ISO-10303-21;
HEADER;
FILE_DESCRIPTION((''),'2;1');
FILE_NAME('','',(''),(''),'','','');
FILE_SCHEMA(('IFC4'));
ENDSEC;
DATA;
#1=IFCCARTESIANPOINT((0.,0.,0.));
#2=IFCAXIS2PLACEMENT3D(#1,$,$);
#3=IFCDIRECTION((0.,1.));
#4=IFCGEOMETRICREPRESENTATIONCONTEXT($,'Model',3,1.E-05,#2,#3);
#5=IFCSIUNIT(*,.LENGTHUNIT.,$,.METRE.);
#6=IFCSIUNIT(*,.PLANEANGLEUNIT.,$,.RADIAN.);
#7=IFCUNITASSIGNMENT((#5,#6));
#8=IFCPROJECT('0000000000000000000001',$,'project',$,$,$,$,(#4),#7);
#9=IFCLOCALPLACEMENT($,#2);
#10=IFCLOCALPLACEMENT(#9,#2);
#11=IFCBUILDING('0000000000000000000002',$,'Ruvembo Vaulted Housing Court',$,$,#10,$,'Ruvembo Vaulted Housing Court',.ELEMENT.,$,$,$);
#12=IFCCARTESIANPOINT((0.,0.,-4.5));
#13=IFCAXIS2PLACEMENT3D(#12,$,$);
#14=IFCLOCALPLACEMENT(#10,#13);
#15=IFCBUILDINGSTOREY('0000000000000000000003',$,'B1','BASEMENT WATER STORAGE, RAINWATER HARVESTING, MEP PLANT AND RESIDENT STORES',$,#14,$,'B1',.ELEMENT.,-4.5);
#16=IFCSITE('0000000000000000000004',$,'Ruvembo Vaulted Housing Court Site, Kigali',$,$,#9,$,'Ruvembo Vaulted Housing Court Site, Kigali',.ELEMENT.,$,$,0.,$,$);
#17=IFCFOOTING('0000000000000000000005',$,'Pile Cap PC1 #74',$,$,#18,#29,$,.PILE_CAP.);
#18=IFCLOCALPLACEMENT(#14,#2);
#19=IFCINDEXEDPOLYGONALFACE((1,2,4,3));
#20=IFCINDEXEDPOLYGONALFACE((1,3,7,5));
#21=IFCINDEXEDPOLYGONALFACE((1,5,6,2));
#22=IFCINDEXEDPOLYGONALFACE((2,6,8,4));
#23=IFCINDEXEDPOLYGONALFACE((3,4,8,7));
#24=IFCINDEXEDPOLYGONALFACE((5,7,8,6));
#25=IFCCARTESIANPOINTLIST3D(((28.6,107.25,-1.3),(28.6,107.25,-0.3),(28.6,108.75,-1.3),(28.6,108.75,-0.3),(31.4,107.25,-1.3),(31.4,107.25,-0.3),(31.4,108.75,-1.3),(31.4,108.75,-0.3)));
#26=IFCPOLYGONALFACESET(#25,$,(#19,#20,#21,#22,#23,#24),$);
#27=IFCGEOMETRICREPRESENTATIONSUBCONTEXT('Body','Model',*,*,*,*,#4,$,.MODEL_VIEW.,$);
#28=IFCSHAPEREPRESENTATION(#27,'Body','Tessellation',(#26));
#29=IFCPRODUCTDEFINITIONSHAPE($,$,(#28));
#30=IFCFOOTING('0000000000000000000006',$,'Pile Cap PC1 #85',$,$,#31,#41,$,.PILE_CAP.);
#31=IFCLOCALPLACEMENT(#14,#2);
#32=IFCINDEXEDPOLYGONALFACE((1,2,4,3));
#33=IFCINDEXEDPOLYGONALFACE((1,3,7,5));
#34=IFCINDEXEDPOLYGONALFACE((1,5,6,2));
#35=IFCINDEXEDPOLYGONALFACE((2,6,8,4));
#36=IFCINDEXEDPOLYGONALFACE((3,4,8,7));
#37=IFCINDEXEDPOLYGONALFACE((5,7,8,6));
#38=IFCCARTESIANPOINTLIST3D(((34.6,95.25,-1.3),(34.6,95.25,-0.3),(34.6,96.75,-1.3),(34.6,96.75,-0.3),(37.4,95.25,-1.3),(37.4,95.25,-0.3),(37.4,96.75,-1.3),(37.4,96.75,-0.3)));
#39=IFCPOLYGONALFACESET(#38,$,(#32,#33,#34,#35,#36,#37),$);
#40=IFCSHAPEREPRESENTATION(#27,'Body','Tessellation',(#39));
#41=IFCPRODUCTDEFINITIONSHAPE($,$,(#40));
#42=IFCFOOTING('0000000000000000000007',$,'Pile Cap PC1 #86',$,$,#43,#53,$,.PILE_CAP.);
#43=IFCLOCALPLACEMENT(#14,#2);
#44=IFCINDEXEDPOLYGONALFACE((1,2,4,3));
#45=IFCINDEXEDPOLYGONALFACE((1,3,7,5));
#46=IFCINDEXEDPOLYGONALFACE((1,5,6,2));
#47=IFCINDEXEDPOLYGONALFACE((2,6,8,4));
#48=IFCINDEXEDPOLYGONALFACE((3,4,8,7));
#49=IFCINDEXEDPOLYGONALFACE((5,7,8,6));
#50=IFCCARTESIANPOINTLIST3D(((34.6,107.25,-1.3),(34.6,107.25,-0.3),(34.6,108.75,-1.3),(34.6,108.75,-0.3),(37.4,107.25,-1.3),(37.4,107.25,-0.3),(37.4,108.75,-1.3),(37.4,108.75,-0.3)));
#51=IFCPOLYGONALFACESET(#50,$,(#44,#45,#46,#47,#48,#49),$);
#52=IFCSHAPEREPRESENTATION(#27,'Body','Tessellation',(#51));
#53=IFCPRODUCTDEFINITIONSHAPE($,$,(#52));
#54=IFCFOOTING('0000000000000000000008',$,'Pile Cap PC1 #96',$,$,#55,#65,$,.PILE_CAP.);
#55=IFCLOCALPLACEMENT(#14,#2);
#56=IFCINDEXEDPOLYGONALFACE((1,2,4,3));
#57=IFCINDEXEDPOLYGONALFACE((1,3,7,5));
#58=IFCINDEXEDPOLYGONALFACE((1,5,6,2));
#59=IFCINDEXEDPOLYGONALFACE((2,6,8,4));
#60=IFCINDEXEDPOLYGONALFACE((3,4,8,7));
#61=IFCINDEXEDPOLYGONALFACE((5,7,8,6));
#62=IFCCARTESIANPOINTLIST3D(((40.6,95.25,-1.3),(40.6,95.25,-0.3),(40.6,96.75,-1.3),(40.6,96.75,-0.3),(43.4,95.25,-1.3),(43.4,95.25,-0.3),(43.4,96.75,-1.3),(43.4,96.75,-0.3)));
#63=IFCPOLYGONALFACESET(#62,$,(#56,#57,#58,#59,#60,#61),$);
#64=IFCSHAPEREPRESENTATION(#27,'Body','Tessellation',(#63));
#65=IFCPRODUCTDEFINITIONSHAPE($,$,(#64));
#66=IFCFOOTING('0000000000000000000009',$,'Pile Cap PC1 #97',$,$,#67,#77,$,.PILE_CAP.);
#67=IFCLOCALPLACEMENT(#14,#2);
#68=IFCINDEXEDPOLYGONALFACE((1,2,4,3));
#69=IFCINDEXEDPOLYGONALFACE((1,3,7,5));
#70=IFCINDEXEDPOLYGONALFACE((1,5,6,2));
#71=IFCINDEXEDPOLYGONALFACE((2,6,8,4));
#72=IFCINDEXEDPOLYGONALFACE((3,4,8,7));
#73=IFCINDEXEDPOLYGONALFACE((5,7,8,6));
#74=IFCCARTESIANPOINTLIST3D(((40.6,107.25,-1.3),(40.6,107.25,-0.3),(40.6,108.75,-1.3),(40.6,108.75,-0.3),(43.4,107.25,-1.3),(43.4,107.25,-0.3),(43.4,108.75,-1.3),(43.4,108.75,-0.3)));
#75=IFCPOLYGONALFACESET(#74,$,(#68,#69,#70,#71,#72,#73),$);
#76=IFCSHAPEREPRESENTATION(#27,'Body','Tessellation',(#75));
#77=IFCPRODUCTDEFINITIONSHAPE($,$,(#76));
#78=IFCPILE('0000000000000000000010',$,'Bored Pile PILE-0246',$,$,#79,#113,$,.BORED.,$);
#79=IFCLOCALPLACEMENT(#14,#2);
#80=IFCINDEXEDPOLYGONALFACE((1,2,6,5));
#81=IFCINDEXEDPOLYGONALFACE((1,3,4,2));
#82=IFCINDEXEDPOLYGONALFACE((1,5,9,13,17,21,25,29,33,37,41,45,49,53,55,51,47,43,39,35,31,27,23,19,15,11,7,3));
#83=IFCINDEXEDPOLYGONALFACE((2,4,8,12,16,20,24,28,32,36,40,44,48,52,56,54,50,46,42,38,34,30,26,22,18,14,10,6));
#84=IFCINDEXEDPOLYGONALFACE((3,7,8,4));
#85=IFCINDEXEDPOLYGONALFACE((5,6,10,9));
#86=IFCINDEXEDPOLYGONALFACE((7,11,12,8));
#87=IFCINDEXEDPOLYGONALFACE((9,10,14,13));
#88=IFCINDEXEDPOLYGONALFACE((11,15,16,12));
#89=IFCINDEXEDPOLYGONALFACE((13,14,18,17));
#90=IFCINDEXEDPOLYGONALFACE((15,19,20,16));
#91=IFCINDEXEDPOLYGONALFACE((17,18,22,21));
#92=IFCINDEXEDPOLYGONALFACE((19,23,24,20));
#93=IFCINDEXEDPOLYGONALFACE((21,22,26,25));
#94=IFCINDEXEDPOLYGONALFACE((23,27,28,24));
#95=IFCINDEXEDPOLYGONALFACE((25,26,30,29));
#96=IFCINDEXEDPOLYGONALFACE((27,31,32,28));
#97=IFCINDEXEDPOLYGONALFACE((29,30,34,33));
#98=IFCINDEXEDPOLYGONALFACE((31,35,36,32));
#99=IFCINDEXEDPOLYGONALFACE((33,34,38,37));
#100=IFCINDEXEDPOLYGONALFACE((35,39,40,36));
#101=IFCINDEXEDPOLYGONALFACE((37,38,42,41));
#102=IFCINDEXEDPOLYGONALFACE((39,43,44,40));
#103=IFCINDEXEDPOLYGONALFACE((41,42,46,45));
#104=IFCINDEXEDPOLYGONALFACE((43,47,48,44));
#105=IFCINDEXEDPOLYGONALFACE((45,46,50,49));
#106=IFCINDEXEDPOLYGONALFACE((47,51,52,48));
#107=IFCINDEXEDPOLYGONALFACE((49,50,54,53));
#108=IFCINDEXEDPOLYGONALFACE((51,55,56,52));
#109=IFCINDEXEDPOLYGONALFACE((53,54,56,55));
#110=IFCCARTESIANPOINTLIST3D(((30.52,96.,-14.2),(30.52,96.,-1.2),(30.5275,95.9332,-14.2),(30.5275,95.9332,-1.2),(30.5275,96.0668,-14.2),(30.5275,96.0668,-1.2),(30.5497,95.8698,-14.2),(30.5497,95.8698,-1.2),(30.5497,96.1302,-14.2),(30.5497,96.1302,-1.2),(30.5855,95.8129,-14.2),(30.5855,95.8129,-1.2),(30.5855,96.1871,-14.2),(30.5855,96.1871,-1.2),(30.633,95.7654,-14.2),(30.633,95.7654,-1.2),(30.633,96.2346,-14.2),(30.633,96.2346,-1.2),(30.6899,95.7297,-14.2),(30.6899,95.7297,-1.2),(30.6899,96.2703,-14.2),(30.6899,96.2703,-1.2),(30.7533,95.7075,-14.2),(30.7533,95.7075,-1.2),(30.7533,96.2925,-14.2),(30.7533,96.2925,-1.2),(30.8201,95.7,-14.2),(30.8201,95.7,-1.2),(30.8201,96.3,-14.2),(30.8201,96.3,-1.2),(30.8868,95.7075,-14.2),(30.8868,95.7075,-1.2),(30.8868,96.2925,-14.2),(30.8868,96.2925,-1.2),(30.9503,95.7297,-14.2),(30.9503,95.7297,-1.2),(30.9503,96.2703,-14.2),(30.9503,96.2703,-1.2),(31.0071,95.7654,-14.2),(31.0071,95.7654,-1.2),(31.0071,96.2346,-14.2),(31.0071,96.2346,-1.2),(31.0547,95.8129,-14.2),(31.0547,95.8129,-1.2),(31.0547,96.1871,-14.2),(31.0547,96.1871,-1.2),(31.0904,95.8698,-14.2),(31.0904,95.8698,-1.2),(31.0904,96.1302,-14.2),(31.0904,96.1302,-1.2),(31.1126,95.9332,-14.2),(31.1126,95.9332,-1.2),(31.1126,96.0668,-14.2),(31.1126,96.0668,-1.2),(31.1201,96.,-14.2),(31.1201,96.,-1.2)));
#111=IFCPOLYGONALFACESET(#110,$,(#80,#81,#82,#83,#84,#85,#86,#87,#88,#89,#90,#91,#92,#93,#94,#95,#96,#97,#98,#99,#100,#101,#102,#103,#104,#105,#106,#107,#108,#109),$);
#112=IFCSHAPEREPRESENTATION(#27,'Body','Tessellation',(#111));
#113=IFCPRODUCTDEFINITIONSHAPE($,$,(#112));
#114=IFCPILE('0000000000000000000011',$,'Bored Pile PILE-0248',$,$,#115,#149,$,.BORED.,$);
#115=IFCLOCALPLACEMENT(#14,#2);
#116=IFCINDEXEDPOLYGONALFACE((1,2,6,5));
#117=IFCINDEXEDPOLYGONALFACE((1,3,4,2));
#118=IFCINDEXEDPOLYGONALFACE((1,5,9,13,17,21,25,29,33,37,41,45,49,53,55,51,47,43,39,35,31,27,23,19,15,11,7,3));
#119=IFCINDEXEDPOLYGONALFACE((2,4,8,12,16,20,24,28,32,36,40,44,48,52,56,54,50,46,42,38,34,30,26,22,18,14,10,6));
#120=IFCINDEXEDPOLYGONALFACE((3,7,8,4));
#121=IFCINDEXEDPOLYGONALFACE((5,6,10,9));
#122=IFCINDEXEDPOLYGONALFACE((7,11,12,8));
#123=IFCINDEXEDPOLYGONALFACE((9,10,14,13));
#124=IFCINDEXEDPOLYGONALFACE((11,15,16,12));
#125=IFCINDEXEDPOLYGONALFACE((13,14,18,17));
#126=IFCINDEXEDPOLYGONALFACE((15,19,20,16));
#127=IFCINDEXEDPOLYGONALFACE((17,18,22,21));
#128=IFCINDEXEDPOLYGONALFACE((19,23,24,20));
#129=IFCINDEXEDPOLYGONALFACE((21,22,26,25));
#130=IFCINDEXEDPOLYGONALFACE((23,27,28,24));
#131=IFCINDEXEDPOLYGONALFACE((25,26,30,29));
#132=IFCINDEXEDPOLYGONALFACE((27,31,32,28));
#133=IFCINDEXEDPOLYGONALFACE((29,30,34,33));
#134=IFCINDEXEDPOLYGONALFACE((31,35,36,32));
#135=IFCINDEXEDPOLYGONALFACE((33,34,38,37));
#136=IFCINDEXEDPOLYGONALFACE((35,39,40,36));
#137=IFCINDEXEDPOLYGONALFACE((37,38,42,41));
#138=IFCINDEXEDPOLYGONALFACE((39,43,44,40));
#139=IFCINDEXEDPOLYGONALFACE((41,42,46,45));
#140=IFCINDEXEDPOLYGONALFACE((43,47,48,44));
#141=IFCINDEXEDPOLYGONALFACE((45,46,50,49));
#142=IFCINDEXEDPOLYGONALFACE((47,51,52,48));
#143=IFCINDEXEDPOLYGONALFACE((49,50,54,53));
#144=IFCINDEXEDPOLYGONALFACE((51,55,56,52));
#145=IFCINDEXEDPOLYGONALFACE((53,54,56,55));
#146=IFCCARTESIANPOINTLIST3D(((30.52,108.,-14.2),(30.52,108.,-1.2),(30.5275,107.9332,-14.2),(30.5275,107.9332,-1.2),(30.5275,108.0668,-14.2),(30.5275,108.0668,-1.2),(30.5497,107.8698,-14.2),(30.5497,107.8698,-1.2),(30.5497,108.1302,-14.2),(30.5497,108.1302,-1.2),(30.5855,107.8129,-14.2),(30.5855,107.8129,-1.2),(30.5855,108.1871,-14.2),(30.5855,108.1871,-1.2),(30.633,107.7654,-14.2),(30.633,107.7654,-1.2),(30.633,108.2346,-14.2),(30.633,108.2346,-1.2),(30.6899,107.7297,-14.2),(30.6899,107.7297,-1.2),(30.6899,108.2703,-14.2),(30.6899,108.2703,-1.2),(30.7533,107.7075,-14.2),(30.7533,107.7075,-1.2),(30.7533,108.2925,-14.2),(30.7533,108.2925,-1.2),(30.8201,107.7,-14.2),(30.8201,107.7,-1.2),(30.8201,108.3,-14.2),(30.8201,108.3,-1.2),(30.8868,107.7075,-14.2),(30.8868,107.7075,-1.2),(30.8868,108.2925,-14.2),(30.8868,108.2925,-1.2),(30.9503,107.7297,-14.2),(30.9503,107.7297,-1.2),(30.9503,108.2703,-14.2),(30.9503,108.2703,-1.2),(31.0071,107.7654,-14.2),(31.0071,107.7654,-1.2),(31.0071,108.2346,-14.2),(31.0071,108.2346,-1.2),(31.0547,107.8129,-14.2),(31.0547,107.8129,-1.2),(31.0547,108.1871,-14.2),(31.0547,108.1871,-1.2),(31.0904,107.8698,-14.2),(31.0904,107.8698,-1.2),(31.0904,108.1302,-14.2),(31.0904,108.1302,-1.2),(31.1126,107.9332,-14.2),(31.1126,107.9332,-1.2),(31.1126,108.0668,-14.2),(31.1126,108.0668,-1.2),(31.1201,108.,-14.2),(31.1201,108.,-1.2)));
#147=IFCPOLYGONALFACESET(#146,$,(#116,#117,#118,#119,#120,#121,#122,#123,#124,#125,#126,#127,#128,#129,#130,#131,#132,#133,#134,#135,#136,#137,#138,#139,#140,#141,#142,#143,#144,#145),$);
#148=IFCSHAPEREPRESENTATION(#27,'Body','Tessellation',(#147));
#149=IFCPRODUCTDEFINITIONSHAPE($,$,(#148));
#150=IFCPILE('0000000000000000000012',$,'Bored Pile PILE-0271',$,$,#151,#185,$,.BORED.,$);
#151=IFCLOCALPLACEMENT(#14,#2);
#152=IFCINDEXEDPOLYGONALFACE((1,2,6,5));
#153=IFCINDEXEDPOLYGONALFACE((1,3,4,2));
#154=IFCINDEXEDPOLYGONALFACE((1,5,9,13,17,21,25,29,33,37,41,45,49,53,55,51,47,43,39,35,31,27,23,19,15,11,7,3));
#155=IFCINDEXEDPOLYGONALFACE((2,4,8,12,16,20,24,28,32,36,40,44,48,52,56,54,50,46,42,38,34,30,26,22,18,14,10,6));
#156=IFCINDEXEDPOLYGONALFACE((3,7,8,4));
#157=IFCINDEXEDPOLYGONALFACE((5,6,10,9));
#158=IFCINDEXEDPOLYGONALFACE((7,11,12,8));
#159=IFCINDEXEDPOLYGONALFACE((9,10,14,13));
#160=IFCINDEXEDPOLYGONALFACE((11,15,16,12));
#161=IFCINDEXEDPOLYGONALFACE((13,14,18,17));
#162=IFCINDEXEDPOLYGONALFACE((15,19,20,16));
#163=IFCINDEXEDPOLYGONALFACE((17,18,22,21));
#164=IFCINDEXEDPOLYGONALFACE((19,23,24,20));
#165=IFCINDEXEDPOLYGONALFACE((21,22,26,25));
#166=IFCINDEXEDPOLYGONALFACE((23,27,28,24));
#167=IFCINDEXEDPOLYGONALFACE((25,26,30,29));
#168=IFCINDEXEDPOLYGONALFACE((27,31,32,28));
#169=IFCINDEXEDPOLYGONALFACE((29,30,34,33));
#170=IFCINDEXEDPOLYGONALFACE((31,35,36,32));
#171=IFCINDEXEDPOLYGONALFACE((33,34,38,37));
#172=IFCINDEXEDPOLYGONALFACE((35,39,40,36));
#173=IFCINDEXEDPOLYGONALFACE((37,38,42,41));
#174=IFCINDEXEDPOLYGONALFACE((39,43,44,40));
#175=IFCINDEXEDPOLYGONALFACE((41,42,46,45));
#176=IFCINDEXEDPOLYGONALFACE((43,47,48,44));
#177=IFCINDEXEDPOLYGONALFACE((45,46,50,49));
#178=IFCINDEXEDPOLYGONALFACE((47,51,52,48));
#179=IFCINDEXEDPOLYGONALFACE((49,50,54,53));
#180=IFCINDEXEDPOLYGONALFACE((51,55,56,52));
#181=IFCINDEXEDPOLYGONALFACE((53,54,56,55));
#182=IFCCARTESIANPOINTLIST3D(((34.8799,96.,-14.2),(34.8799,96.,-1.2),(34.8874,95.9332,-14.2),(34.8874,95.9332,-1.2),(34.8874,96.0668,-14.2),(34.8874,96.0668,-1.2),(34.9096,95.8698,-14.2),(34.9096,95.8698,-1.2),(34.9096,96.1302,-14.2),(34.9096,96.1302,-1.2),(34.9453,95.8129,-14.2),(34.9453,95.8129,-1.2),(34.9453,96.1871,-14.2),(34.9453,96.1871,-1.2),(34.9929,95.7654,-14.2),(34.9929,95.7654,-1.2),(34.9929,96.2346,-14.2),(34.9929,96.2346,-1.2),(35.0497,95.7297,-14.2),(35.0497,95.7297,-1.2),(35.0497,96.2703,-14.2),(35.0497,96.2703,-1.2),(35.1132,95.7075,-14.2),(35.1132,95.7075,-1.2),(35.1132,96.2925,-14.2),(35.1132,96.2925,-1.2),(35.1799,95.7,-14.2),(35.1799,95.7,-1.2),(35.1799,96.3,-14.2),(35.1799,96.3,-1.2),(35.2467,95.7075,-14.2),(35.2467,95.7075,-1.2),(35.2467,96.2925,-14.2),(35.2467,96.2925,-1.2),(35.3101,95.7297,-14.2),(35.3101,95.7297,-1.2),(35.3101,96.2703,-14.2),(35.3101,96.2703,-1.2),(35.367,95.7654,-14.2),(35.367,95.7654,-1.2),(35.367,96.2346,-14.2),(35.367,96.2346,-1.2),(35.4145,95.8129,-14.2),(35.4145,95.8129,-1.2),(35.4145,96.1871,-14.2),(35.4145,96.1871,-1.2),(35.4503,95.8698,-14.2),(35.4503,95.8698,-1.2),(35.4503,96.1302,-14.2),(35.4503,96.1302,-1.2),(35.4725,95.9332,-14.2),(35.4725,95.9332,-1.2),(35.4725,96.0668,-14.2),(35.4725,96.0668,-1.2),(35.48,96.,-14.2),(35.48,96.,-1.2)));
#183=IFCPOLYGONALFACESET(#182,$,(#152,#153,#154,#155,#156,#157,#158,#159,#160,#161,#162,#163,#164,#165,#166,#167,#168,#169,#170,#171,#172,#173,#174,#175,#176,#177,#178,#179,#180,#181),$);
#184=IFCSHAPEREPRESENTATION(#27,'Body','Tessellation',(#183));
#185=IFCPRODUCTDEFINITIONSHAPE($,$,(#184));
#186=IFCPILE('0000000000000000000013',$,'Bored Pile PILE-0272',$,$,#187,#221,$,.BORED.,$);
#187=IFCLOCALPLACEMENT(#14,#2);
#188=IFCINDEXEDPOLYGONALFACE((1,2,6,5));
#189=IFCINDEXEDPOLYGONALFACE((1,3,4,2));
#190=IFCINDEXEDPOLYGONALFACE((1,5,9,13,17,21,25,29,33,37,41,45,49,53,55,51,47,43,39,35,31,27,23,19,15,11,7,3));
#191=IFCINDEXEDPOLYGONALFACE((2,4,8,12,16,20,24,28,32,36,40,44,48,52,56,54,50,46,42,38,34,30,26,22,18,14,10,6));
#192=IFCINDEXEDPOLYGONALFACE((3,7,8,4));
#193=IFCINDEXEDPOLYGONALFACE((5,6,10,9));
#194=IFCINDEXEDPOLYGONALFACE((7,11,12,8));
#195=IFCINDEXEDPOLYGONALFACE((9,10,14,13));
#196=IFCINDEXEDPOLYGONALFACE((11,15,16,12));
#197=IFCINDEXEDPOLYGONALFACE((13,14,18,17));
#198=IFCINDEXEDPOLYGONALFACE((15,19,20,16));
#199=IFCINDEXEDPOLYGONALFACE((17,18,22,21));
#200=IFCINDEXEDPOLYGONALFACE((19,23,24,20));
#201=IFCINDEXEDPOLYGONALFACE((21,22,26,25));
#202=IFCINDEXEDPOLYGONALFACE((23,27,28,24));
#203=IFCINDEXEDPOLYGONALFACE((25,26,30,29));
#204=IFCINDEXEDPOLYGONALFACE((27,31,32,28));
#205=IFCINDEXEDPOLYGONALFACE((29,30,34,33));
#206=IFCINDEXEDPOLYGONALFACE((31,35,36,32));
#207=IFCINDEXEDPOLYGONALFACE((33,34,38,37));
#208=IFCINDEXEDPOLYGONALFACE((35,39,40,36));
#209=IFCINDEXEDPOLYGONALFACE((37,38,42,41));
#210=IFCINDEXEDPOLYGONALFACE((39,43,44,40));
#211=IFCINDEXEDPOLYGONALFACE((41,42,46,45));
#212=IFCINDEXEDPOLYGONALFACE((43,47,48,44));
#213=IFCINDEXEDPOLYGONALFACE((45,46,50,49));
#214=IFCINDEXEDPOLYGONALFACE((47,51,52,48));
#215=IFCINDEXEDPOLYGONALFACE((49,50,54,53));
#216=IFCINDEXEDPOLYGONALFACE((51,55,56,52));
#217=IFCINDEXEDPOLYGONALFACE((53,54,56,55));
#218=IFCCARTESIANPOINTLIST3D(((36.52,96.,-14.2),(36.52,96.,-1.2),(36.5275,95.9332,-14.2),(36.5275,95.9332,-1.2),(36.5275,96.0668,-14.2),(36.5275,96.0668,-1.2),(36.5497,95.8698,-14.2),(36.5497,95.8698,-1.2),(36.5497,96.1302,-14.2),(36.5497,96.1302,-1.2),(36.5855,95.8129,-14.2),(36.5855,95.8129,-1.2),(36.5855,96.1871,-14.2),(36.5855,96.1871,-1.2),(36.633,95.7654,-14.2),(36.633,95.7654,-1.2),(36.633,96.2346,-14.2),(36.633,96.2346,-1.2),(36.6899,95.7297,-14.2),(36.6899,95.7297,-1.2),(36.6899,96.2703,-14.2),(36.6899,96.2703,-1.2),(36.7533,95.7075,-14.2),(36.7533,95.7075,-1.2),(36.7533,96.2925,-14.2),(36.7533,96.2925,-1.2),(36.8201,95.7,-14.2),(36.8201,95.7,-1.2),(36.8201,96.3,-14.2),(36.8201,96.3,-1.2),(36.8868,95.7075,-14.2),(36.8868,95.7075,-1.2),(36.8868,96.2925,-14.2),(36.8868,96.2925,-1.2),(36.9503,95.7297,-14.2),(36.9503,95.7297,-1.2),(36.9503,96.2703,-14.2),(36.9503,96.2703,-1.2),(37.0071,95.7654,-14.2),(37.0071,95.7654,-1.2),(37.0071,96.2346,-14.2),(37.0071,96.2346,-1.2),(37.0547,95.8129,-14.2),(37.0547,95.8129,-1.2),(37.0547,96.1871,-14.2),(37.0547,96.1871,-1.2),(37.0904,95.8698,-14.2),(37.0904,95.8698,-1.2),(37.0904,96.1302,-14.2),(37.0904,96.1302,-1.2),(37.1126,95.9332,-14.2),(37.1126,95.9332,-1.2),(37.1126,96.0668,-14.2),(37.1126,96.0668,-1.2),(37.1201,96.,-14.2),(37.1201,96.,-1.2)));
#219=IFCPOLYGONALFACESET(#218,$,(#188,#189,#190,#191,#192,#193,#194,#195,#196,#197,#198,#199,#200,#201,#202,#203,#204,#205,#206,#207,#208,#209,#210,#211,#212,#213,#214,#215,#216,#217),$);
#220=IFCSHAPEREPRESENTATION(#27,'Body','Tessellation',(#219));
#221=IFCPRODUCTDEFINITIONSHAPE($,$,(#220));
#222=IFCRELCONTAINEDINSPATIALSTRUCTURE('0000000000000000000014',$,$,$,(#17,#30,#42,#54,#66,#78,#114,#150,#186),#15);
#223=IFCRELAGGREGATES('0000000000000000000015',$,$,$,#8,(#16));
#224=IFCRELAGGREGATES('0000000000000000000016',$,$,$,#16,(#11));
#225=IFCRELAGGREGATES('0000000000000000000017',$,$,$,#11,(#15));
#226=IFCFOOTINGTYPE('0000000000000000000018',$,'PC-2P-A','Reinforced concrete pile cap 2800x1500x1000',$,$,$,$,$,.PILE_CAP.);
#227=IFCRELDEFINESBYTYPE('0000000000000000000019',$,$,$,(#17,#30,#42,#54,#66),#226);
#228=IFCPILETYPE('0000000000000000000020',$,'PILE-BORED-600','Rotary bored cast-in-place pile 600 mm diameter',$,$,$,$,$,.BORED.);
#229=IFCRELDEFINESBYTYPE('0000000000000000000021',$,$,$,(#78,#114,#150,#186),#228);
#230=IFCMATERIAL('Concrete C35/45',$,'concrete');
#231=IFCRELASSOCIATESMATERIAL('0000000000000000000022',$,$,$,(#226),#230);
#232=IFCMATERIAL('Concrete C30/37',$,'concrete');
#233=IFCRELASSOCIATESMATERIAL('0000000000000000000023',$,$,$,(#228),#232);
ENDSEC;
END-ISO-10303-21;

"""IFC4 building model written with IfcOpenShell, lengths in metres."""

from ifc_helpers import new_model, si_unit, direction, frame, origin, origin_2d, place, context, subcontext, project, spatial, rectangle, circle, extrude, material, material_profile, profile_set, type_object, element, save


model = new_model("IFC4")

# Units and contexts
model_context = context("Model", 3, precision=1e-05, world=origin(), true_north=direction((0.0, 1.0)))
body_context = subcontext(model_context, "Body", "Model", "MODEL_VIEW")
ifc_project = project(units=[si_unit("LENGTHUNIT", "METRE"), si_unit("PLANEANGLEUNIT", "RADIAN")], contexts=[model_context])

# Site, building, storey
site_placement = place(None, origin())
site = spatial("IfcSite", under=ifc_project, at=site_placement, Name="Ruvembo Vaulted Housing Court Site, Kigali", LongName="Ruvembo Vaulted Housing Court Site, Kigali", CompositionType="ELEMENT", RefElevation=0.0)
building_placement = place(site_placement, origin())
building = spatial("IfcBuilding", under=site, at=building_placement, Name="Ruvembo Vaulted Housing Court", LongName="Ruvembo Vaulted Housing Court", CompositionType="ELEMENT")
storey_placement = place(building_placement, frame((0.0, 0.0, -4.5)))
storey = spatial("IfcBuildingStorey", under=building, at=storey_placement, Name="B1", Description="BASEMENT WATER STORAGE, RAINWATER HARVESTING, MEP PLANT AND RESIDENT STORES", LongName="B1", CompositionType="ELEMENT", Elevation=-4.5)

# Footings
ifc_material_1 = material(Name="Concrete C35/45", Category="concrete")
footing_type = type_object("IfcFootingType", Name="PC-2P-A", Description="Reinforced concrete pile cap 2800x1500x1000", PredefinedType="PILE_CAP", material=ifc_material_1)
for number, where, z_axis, x_axis, name in (
    (1, (30.0, 108.0, -1.3), (0.0, 0.0, 1.0), (1.0, 0.0, 0.0), "Pile Cap PC1 #74"),
    (2, (36.0, 96.0, -1.3), (0.0, 0.0, 1.0), (1.0, 0.0, 0.0), "Pile Cap PC1 #85"),
    (3, (36.0, 108.0, -1.3), (0.0, 0.0, 1.0), (1.0, 0.0, 0.0), "Pile Cap PC1 #86"),
    (4, (42.0, 96.0, -1.3), (0.0, 0.0, 1.0), (1.0, 0.0, 0.0), "Pile Cap PC1 #96"),
    (5, (42.0, 108.0, -1.3), (0.0, 0.0, 1.0), (1.0, 0.0, 0.0), "Pile Cap PC1 #97"),
):
    element("IfcFooting", number, at=place(storey_placement, frame(where, z_axis=z_axis, x_axis=x_axis)), inside=storey, type_object=footing_type, Name=name, PredefinedType="PILE_CAP", context=body_context, shape_type="SweptSolid", body=[
        extrude(rectangle(XDim=2.8, YDim=1.5, at=origin_2d()), origin(), (0.0, 0.0, 1.0), 1.0),
    ])

# Piles
ifc_material_2 = material(Name="Concrete C30/37", Category="concrete")
ifc_material_profile_1 = material_profile(ifc_material_2, circle(Radius=0.3, at=origin_2d()), Name="PILE D600")
ifc_profile_set_1 = profile_set([ifc_material_profile_1], Name="Concrete C30/37")
pile_type = type_object("IfcPileType", Name="PILE-BORED-600", Description="Rotary bored cast-in-place pile 600 mm diameter", PredefinedType="BORED", material=ifc_profile_set_1)
for number, where, z_axis, x_axis, name in (
    (6, (30.8201, 96.0, -1.2), (0.0, 0.0, -1.0), (1.0, 0.0, 0.0), "Bored Pile PILE-0246"),
    (7, (30.8201, 108.0, -1.2), (0.0, 0.0, -1.0), (1.0, 0.0, 0.0), "Bored Pile PILE-0248"),
    (8, (35.1799, 96.0, -1.2), (0.0, 0.0, -1.0), (1.0, 0.0, 0.0), "Bored Pile PILE-0271"),
    (9, (36.8201, 96.0, -1.2), (0.0, 0.0, -1.0), (1.0, 0.0, 0.0), "Bored Pile PILE-0272"),
):
    element("IfcPile", number, at=place(storey_placement, frame(where, z_axis=z_axis, x_axis=x_axis)), inside=storey, type_object=pile_type, Name=name, PredefinedType="BORED", context=body_context, shape_type="SweptSolid", body=[
        extrude(circle(Radius=0.3, at=origin_2d()), origin(), (0.0, 0.0, 1.0), 13.0),
    ])

save(model, "model.ifc")
